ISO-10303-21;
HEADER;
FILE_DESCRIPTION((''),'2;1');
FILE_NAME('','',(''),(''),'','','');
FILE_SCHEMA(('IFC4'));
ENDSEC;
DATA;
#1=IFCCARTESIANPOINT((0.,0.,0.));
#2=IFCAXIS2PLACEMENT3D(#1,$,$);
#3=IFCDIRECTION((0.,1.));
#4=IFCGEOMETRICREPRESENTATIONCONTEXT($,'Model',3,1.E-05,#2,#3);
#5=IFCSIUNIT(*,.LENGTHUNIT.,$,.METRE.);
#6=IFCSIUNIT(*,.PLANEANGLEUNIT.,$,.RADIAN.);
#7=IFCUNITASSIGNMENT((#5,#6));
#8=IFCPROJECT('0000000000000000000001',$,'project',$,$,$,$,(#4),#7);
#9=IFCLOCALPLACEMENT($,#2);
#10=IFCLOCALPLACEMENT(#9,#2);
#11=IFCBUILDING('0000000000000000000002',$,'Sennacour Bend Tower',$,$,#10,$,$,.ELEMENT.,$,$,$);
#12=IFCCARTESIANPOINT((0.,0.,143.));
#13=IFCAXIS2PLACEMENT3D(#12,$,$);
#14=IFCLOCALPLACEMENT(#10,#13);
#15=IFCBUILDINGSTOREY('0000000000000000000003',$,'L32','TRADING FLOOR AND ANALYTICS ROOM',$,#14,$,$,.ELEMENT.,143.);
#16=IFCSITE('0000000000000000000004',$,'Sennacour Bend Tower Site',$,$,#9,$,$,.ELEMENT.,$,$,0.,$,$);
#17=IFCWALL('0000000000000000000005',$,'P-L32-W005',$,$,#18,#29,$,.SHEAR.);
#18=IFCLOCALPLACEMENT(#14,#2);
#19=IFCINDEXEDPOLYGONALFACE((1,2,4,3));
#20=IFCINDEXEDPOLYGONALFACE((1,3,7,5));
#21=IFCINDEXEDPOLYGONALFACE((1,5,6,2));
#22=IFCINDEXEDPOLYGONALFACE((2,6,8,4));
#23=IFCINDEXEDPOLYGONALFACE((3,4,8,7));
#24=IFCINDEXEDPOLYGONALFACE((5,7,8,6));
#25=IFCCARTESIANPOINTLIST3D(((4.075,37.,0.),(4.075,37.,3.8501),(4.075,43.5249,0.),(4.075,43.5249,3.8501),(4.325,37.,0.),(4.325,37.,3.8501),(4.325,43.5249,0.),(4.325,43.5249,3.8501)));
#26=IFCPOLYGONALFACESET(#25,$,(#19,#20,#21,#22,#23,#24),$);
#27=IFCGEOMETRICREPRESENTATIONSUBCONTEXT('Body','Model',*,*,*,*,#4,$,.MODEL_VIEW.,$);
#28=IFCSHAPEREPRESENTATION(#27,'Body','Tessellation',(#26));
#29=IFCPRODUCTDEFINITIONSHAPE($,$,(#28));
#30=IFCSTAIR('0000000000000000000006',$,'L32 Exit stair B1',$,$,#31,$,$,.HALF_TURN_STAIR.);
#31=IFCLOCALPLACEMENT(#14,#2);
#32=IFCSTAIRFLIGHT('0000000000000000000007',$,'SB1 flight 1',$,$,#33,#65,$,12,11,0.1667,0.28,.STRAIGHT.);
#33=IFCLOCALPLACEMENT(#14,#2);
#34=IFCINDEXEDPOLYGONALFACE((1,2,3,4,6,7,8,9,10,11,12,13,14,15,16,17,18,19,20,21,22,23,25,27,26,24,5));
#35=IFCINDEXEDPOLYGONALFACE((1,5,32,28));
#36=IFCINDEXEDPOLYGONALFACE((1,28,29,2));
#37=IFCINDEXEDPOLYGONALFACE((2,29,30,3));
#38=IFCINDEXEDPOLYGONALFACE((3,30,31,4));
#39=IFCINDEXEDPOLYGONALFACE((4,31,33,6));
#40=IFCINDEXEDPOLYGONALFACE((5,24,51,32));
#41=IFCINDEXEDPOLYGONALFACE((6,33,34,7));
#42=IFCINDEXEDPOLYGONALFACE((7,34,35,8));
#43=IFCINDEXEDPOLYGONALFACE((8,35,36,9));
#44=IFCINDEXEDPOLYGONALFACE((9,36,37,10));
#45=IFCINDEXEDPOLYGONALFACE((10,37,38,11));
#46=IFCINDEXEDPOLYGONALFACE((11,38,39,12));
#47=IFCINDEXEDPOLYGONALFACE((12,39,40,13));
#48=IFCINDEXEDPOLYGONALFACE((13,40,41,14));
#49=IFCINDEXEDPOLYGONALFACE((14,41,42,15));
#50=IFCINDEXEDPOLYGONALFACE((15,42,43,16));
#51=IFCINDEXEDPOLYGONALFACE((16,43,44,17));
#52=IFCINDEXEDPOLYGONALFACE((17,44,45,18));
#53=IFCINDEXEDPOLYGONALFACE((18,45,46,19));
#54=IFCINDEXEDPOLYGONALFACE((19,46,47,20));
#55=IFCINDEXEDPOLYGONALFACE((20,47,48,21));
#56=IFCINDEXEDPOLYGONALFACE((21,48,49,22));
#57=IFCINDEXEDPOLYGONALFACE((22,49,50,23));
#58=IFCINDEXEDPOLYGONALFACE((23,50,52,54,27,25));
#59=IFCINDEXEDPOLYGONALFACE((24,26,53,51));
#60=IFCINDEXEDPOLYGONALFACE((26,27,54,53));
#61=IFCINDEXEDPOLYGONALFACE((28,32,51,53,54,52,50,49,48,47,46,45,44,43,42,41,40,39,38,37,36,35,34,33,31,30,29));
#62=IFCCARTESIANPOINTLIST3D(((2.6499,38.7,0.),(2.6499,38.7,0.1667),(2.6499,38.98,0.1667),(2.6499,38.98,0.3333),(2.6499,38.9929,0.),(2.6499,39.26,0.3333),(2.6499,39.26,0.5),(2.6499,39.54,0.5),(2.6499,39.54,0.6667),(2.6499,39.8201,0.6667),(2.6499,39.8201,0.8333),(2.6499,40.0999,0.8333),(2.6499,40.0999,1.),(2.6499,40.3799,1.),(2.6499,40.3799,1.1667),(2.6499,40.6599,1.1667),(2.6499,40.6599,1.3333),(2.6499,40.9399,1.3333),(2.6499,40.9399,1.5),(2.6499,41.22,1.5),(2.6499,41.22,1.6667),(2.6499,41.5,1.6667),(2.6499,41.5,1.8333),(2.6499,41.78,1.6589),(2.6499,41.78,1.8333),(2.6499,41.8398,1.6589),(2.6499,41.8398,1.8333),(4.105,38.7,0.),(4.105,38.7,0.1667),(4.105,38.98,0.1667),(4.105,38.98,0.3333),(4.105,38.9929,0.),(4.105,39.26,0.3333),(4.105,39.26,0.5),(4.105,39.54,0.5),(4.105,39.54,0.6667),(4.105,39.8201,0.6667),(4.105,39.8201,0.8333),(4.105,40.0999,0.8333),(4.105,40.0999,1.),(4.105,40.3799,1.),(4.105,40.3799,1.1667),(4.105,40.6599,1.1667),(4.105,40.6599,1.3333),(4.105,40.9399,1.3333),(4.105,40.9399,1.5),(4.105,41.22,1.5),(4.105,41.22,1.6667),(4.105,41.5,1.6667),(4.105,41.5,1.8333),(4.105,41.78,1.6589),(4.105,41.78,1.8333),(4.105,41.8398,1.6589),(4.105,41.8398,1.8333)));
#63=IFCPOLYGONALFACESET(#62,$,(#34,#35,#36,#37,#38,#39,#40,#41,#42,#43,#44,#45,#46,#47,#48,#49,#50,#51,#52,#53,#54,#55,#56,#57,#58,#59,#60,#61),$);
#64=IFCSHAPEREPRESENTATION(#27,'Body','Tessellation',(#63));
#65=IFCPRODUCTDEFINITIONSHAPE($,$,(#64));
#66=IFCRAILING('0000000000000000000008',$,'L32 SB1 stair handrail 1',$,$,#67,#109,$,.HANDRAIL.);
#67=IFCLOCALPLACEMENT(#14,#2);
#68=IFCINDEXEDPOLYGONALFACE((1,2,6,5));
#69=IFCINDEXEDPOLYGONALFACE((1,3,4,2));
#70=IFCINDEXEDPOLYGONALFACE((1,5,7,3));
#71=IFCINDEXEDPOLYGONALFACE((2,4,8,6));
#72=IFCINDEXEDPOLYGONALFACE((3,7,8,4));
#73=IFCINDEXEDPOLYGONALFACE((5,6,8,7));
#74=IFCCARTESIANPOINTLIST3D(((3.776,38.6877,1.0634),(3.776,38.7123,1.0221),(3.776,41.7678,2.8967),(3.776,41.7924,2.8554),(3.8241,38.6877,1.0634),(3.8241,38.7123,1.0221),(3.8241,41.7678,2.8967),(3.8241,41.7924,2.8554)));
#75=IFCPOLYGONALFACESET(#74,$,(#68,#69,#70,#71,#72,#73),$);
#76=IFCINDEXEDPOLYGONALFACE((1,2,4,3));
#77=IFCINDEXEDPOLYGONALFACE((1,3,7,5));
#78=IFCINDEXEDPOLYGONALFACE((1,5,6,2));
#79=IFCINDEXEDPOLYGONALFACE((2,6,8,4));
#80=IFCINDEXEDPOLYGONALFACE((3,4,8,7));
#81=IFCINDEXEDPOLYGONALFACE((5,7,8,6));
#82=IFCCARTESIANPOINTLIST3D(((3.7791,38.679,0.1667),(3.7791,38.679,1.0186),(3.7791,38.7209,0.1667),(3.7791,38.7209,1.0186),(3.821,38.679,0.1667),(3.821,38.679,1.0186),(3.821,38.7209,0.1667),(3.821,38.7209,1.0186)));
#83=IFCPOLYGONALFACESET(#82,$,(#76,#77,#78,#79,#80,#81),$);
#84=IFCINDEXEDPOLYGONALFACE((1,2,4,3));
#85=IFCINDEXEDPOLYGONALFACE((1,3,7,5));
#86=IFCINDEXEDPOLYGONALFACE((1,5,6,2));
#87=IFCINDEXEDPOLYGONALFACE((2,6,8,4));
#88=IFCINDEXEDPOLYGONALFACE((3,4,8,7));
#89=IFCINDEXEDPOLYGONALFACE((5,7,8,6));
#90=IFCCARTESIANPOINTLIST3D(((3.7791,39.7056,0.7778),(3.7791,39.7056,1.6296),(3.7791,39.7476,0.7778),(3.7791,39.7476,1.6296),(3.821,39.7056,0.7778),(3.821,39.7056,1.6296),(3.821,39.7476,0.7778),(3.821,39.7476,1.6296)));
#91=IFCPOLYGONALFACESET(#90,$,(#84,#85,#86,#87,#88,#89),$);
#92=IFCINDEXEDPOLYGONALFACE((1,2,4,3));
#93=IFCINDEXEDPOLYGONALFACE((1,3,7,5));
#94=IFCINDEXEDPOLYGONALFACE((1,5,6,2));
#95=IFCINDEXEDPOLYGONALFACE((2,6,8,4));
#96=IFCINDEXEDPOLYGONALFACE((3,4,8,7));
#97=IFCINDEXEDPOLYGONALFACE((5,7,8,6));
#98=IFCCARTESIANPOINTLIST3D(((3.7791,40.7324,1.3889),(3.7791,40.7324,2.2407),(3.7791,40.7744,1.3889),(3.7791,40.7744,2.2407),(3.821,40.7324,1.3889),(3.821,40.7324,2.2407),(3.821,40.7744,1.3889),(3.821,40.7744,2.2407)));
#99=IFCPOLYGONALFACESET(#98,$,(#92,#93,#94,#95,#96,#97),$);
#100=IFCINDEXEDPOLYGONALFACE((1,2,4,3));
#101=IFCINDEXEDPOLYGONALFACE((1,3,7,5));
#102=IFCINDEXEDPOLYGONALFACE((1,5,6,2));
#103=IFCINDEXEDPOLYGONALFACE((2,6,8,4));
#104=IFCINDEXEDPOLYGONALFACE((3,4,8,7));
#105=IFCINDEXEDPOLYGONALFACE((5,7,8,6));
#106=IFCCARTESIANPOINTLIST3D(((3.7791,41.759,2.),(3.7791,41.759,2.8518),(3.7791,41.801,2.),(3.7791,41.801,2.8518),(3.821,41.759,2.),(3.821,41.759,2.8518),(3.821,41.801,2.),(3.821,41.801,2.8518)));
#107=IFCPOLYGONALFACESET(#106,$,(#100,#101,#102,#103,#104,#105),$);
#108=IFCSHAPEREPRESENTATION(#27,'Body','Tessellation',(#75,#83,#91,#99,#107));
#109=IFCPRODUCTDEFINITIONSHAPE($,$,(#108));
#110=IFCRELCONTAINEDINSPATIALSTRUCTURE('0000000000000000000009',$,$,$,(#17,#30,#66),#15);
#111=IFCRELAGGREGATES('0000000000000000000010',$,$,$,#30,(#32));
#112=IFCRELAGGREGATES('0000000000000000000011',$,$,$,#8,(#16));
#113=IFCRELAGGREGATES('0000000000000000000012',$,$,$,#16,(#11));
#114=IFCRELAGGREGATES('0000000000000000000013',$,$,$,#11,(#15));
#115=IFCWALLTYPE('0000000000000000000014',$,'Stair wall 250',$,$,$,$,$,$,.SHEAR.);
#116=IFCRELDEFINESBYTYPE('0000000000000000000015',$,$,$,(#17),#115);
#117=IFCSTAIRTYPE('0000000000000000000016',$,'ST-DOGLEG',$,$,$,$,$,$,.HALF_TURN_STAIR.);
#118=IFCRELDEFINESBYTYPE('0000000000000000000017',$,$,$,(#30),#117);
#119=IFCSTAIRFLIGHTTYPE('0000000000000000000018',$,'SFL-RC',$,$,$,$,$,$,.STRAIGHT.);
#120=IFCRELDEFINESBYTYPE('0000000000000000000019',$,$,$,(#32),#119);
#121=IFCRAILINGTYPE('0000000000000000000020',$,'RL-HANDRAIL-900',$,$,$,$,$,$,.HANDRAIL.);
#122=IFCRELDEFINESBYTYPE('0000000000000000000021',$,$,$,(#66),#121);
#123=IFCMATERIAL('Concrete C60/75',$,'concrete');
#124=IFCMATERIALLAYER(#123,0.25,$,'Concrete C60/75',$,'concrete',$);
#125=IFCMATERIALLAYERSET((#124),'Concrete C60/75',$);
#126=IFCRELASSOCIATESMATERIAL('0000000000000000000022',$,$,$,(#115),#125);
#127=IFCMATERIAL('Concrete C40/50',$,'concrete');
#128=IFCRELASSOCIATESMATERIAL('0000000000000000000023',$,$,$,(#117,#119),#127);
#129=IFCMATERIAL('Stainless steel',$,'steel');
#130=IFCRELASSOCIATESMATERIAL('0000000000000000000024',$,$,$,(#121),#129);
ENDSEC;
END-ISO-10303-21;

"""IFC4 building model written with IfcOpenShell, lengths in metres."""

from ifc_helpers import new_model, si_unit, direction, frame, frame_2d, origin, origin_2d, place, context, subcontext, project, spatial, polyline, rectangle, outline, extrude, material, layer, layer_set, type_object, element, aggregate, save


model = new_model("IFC4")

# Units and contexts
model_context = context("Model", 3, precision=1e-05, world=origin(), true_north=direction((0.0, 1.0)))
body_context = subcontext(model_context, "Body", "Model", "MODEL_VIEW")
ifc_project = project(units=[si_unit("LENGTHUNIT", "METRE"), si_unit("PLANEANGLEUNIT", "RADIAN")], contexts=[model_context])

# Site, building, storey
site_placement = place(None, origin())
site = spatial("IfcSite", under=ifc_project, at=site_placement, Name="Sennacour Bend Tower Site", CompositionType="ELEMENT", RefElevation=0.0)
building_placement = place(site_placement, origin())
building = spatial("IfcBuilding", under=site, at=building_placement, Name="Sennacour Bend Tower", CompositionType="ELEMENT")
storey_placement = place(building_placement, frame((0.0, 0.0, 143.0)))
storey = spatial("IfcBuildingStorey", under=building, at=storey_placement, Name="L32", Description="TRADING FLOOR AND ANALYTICS ROOM", CompositionType="ELEMENT", Elevation=143.0)

# Shared definitions
ifc_material_1 = material(Name="Stainless steel", Category="steel")

# Wall
ifc_material_2 = material(Name="Concrete C60/75", Category="concrete")
ifc_layer_1 = layer(ifc_material_2, 0.25, Name="Concrete C60/75", Category="concrete")
ifc_layer_set_1 = layer_set([ifc_layer_1], Name="Concrete C60/75")
wall_type_1 = type_object("IfcWallType", Name="Stair wall 250", PredefinedType="SHEAR", material=ifc_layer_set_1)
wall_1_placement = place(storey_placement, frame((4.2, 37.0, 0.0), z_axis=(0.0, 0.0, 1.0), x_axis=(0.0, 1.0, 0.0)))
element("IfcWall", 1, at=wall_1_placement, inside=storey, type_object=wall_type_1, Name="P-L32-W005", PredefinedType="SHEAR", context=body_context, shape_type="SweptSolid", body=[
    extrude(rectangle(XDim=6.5249, YDim=0.25, at=frame_2d((3.2625, 0.0))), origin(), (0.0, 0.0, 1.0), 3.8501),
])

# Stair, stair flight
ifc_material_3 = material(Name="Concrete C40/50", Category="concrete")
stair_type = type_object("IfcStairType", Name="ST-DOGLEG", PredefinedType="HALF_TURN_STAIR", material=ifc_material_3)
stair_placement = place(storey_placement, origin())
stair = element("IfcStair", 2, at=stair_placement, inside=storey, type_object=stair_type, Name="L32 Exit stair B1", PredefinedType="HALF_TURN_STAIR")
stair_flight_type = type_object("IfcStairFlightType", Name="SFL-RC", PredefinedType="STRAIGHT", material=ifc_material_3)
stair_flight_placement = place(storey_placement, frame((3.3774, 38.7, 0.0), z_axis=(0.0, 0.0, 1.0), x_axis=(0.0, 1.0, 0.0)))
stair_flight = element("IfcStairFlight", 3, at=stair_flight_placement, type_object=stair_flight_type, Name="SB1 flight 1", NumberOfRisers=12, NumberOfTreads=11, PredefinedType="STRAIGHT", RiserHeight=0.1667, TreadLength=0.28, context=body_context, shape_type="SweptSolid", body=[
    extrude(outline(polyline([(0.0, 0.0), (0.0, 0.1667), (0.28, 0.1667), (0.28, 0.3333), (0.5601, 0.3333), (0.5601, 0.5), (0.8401, 0.5), (0.8401, 0.6667), (1.1201, 0.6667), (1.1201, 0.8333), (1.3999, 0.8333), (1.3999, 1.0), (1.6799, 1.0), (1.6799, 1.1667), (1.96, 1.1667), (1.96, 1.3333), (2.24, 1.3333), (2.24, 1.5), (2.52, 1.5), (2.52, 1.6667), (2.8, 1.6667), (2.8, 1.8333), (3.0801, 1.8333), (3.1399, 1.8333), (3.1399, 1.6589), (3.0801, 1.6589), (0.293, 0.0), (0.0, 0.0)])), frame((0.0, 0.7275, 0.0), z_axis=(0.0, -1.0, 0.0), x_axis=(1.0, 0.0, 0.0)), (0.0, 0.0, 1.0), 1.4551),
])
aggregate(stair, [stair_flight])

# Railing
railing_type = type_object("IfcRailingType", Name="RL-HANDRAIL-900", PredefinedType="HANDRAIL", material=ifc_material_1)
railing_placement = place(storey_placement, frame((3.8, 38.7, 0.1667)))
element("IfcRailing", 4, at=railing_placement, inside=storey, type_object=railing_type, Name="L32 SB1 stair handrail 1", PredefinedType="HANDRAIL", context=body_context, shape_type="SweptSolid", body=[
    extrude(rectangle(XDim=0.0481, YDim=0.0481, at=origin_2d()), frame((0.0, 0.0, 0.876), z_axis=(0.0, 0.859309, 0.511458), x_axis=(-1.0, 0.0, 0.0)), (0.0, 0.0, 1.0), 3.5845),
    extrude(rectangle(XDim=0.042, YDim=0.042, at=origin_2d()), origin(), (0.0, 0.0, 1.0), 0.8518),
    extrude(rectangle(XDim=0.042, YDim=0.042, at=origin_2d()), frame((0.0, 1.0266, 0.6111)), (0.0, 0.0, 1.0), 0.8518),
    extrude(rectangle(XDim=0.042, YDim=0.042, at=origin_2d()), frame((0.0, 2.0535, 1.2222)), (0.0, 0.0, 1.0), 0.8518),
    extrude(rectangle(XDim=0.042, YDim=0.042, at=origin_2d()), frame((0.0, 3.0801, 1.8333)), (0.0, 0.0, 1.0), 0.8518),
])

save(model, "model.ifc")
